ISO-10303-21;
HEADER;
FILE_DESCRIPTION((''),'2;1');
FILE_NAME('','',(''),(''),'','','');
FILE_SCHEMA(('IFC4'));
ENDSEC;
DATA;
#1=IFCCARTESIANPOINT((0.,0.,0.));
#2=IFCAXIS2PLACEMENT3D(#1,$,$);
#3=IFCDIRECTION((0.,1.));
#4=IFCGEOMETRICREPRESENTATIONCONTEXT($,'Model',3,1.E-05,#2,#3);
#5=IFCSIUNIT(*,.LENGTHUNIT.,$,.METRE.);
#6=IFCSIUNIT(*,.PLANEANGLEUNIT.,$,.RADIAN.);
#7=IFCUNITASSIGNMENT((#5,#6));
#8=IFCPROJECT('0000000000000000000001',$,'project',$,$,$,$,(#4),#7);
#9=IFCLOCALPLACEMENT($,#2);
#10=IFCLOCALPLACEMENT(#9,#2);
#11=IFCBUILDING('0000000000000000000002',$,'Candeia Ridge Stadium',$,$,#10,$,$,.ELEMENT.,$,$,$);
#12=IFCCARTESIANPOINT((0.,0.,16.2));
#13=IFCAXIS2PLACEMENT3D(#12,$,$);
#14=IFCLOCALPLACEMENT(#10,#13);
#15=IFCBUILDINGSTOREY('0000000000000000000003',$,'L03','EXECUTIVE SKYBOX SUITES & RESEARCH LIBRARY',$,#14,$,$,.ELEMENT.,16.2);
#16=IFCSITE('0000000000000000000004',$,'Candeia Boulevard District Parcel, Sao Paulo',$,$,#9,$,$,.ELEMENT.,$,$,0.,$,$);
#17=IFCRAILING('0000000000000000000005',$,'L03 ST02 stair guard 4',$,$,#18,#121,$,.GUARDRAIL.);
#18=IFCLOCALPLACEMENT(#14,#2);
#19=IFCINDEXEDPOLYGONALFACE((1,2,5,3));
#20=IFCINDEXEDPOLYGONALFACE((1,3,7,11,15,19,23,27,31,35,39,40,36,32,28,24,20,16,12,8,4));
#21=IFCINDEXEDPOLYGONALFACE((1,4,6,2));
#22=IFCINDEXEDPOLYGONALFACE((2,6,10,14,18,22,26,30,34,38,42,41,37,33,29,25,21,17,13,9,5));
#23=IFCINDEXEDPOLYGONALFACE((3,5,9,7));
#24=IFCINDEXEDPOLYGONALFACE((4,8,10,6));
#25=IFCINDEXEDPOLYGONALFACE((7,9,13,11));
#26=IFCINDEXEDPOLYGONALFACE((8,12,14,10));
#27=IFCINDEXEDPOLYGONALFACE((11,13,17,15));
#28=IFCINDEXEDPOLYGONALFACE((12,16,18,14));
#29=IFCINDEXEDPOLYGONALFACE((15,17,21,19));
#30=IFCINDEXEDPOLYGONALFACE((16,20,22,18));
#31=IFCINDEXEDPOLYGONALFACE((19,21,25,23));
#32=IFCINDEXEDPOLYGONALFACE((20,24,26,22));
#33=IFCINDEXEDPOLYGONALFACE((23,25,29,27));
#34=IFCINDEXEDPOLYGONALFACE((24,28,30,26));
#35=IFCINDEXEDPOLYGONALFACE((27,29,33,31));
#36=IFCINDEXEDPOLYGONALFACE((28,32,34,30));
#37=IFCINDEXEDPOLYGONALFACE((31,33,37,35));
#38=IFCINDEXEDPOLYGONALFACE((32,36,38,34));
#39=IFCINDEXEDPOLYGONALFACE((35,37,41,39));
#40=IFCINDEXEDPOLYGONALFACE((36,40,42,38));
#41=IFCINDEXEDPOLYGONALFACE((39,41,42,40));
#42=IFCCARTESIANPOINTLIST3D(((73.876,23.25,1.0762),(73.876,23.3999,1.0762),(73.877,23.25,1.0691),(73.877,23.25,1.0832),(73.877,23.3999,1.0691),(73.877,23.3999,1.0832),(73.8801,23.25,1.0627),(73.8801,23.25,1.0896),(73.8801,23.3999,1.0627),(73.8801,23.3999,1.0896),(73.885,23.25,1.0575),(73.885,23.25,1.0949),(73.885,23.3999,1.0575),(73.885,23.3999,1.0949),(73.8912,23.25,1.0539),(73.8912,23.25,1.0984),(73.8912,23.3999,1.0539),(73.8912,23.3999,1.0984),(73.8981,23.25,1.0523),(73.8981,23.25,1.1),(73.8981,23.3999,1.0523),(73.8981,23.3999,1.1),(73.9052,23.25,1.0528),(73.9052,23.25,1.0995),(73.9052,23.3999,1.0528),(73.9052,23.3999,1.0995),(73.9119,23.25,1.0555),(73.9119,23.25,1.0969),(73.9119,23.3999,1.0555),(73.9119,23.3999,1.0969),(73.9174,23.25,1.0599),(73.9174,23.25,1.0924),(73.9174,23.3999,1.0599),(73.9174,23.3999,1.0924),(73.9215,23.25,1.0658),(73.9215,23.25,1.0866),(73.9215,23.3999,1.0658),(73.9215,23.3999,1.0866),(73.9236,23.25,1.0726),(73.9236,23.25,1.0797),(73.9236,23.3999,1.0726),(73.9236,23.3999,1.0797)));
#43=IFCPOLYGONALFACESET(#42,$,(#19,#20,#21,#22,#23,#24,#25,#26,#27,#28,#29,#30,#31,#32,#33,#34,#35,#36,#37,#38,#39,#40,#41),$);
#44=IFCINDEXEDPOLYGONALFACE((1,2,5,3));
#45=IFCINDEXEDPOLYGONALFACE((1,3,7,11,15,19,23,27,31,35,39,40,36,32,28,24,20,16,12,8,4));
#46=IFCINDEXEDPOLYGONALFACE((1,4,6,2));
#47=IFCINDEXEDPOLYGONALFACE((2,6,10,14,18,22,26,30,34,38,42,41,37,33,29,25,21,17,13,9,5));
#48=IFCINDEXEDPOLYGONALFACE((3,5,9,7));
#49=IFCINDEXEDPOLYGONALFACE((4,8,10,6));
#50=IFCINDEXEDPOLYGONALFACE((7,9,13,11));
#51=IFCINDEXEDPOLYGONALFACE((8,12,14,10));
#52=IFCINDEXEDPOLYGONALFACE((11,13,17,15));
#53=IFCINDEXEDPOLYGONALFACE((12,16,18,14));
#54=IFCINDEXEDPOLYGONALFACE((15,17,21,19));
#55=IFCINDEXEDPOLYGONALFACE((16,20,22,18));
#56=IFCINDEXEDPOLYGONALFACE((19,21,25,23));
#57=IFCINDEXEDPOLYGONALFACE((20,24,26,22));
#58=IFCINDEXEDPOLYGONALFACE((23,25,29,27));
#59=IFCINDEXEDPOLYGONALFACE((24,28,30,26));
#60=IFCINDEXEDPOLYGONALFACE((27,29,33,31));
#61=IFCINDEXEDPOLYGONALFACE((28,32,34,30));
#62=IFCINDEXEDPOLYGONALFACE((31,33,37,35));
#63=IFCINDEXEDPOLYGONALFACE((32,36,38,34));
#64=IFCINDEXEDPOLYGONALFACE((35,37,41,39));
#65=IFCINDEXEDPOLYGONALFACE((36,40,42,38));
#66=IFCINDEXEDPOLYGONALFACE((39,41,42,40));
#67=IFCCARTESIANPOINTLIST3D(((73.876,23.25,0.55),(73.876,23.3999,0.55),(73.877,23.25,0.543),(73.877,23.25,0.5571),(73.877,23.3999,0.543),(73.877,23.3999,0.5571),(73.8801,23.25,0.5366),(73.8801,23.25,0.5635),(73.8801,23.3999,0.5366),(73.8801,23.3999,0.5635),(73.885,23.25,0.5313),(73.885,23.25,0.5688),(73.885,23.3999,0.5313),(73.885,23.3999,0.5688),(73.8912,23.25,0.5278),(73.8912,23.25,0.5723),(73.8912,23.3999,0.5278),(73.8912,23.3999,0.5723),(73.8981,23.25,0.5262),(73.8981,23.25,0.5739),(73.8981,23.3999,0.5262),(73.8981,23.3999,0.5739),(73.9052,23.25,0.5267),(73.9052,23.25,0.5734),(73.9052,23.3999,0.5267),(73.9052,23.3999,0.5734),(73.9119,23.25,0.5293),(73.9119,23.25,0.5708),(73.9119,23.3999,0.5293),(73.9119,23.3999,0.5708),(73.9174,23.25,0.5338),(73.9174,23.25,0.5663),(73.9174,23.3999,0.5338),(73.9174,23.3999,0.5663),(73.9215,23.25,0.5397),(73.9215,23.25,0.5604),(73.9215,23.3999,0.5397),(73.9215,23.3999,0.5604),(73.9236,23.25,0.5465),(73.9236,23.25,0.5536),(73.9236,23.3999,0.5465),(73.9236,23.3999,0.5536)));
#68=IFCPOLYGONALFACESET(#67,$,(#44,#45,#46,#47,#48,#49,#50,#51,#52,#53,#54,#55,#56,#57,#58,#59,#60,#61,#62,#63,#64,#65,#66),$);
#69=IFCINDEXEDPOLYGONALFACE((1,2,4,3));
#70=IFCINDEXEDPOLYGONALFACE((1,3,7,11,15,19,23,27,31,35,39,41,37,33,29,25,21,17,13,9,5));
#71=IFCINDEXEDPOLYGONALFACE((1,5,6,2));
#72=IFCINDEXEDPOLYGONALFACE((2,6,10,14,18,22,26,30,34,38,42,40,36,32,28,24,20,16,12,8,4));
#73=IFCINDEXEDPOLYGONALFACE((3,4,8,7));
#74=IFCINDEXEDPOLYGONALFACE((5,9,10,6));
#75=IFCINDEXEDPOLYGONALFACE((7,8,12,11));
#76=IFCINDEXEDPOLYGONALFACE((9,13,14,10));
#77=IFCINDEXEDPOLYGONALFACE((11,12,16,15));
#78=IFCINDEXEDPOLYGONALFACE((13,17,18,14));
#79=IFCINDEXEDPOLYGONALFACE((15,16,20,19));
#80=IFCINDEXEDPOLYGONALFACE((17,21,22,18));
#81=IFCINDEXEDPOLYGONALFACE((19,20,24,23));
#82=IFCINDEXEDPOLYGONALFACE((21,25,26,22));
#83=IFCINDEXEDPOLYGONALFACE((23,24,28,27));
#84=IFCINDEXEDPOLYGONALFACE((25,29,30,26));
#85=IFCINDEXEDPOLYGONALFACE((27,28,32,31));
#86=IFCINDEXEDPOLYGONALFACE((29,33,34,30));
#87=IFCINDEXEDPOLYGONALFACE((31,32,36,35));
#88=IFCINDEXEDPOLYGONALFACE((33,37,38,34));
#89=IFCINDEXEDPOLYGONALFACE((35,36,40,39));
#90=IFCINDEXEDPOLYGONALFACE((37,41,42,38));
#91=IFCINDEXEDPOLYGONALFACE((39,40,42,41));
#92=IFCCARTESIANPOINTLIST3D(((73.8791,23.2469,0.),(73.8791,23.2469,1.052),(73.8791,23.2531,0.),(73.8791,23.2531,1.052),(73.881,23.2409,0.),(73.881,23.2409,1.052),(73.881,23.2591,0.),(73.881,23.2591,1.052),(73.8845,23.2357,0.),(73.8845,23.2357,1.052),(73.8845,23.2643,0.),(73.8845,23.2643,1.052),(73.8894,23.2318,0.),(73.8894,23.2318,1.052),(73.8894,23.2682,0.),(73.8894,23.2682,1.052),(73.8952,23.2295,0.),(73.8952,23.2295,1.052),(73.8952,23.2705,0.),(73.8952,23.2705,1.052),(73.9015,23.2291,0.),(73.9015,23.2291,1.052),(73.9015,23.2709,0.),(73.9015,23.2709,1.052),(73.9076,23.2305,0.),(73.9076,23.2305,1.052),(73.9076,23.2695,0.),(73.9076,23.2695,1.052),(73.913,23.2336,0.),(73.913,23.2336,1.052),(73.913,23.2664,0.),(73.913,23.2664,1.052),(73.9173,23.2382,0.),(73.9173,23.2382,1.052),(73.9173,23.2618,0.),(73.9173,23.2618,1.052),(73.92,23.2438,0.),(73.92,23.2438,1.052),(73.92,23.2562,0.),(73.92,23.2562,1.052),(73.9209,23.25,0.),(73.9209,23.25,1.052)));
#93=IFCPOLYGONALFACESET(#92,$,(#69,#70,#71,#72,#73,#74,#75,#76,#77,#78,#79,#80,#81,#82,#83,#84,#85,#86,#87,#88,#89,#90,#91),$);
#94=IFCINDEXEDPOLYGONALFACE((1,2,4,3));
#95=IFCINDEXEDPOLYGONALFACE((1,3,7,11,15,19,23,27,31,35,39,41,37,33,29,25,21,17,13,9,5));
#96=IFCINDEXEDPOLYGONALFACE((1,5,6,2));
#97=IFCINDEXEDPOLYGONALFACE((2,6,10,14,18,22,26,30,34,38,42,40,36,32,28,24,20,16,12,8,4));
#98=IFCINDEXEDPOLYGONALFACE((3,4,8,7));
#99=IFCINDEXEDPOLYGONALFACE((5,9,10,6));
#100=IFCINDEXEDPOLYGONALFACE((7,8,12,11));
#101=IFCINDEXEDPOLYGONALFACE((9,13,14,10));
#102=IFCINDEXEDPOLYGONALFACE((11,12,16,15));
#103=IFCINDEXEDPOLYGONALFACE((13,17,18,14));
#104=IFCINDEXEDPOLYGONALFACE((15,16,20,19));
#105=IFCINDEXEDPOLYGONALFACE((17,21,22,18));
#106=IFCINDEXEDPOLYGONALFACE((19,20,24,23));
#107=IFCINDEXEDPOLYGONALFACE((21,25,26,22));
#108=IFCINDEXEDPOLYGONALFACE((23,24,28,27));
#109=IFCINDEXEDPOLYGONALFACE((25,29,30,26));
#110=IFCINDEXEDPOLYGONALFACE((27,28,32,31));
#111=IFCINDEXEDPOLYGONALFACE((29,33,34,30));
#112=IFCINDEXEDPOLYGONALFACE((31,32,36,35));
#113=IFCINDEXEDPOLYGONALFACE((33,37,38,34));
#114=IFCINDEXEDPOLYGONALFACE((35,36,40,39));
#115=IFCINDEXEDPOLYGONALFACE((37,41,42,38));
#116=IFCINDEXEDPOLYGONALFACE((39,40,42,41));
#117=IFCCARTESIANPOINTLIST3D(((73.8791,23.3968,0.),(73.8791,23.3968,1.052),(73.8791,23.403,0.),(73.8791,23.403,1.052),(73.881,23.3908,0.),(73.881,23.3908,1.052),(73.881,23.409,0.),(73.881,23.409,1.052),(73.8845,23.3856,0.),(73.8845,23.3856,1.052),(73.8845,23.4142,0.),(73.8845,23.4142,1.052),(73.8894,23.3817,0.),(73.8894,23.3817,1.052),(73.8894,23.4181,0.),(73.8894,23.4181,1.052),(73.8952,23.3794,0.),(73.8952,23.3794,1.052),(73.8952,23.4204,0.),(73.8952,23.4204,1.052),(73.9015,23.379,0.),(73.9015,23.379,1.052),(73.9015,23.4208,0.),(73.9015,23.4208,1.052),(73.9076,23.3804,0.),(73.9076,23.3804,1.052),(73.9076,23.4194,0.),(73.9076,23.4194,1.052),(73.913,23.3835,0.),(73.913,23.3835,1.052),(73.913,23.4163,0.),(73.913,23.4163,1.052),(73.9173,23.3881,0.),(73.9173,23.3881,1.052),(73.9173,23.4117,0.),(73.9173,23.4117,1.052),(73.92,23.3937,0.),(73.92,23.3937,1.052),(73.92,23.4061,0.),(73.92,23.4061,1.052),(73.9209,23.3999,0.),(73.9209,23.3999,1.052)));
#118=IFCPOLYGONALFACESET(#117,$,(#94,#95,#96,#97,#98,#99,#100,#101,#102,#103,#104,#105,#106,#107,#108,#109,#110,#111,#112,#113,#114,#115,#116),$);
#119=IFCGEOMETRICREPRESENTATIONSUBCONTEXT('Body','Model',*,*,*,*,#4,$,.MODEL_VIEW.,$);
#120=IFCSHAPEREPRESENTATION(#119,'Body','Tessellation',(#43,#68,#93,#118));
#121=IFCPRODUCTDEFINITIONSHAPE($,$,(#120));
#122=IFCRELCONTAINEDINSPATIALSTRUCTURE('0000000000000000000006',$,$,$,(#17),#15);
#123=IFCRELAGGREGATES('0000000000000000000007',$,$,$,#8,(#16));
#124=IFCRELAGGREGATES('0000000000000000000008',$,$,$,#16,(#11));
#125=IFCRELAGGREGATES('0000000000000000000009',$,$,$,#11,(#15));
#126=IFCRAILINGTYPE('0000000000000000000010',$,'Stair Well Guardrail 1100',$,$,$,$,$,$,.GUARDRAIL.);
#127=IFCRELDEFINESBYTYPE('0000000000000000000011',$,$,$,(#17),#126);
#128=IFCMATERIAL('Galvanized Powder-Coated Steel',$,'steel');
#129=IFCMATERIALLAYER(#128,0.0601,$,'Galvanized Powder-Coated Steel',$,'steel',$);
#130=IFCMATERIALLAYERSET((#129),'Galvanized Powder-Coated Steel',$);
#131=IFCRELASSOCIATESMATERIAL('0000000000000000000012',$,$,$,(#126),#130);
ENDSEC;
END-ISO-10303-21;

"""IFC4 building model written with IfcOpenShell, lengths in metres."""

from ifc_helpers import new_model, si_unit, direction, frame, origin, origin_2d, place, context, subcontext, project, spatial, circle, extrude, material, layer, layer_set, type_object, element, save


model = new_model("IFC4")

# Units and contexts
model_context = context("Model", 3, precision=1e-05, world=origin(), true_north=direction((0.0, 1.0)))
body_context = subcontext(model_context, "Body", "Model", "MODEL_VIEW")
ifc_project = project(units=[si_unit("LENGTHUNIT", "METRE"), si_unit("PLANEANGLEUNIT", "RADIAN")], contexts=[model_context])

# Site, building, storey
site_placement = place(None, origin())
site = spatial("IfcSite", under=ifc_project, at=site_placement, Name="Candeia Boulevard District Parcel, Sao Paulo", CompositionType="ELEMENT", RefElevation=0.0)
building_placement = place(site_placement, origin())
building = spatial("IfcBuilding", under=site, at=building_placement, Name="Candeia Ridge Stadium", CompositionType="ELEMENT")
storey_placement = place(building_placement, frame((0.0, 0.0, 16.2)))
storey = spatial("IfcBuildingStorey", under=building, at=storey_placement, Name="L03", Description="EXECUTIVE SKYBOX SUITES & RESEARCH LIBRARY", CompositionType="ELEMENT", Elevation=16.2)

# Railing
ifc_material_1 = material(Name="Galvanized Powder-Coated Steel", Category="steel")
ifc_layer_1 = layer(ifc_material_1, 0.0601, Name="Galvanized Powder-Coated Steel", Category="steel")
ifc_layer_set_1 = layer_set([ifc_layer_1], Name="Galvanized Powder-Coated Steel")
railing_type_1 = type_object("IfcRailingType", Name="Stair Well Guardrail 1100", PredefinedType="GUARDRAIL", material=ifc_layer_set_1)
railing_1_placement = place(storey_placement, frame((73.8999, 23.25, 0.0)))
element("IfcRailing", 1, at=railing_1_placement, inside=storey, type_object=railing_type_1, Name="L03 ST02 stair guard 4", PredefinedType="GUARDRAIL", context=body_context, shape_type="SweptSolid", body=[
    extrude(circle(Radius=0.0239, at=origin_2d()), frame((0.0, 0.0, 1.0762), z_axis=(0.0, 1.0, 0.0), x_axis=(-1.0, 0.0, 0.0)), (0.0, 0.0, 1.0), 0.1499),
    extrude(circle(Radius=0.0239, at=origin_2d()), frame((0.0, 0.0, 0.55), z_axis=(0.0, 1.0, 0.0), x_axis=(-1.0, 0.0, 0.0)), (0.0, 0.0, 1.0), 0.1499),
    extrude(circle(Radius=0.021, at=origin_2d()), origin(), (0.0, 0.0, 1.0), 1.052),
    extrude(circle(Radius=0.021, at=origin_2d()), frame((0.0, 0.1499, 0.0)), (0.0, 0.0, 1.0), 1.052),
])

save(model, "model.ifc")
